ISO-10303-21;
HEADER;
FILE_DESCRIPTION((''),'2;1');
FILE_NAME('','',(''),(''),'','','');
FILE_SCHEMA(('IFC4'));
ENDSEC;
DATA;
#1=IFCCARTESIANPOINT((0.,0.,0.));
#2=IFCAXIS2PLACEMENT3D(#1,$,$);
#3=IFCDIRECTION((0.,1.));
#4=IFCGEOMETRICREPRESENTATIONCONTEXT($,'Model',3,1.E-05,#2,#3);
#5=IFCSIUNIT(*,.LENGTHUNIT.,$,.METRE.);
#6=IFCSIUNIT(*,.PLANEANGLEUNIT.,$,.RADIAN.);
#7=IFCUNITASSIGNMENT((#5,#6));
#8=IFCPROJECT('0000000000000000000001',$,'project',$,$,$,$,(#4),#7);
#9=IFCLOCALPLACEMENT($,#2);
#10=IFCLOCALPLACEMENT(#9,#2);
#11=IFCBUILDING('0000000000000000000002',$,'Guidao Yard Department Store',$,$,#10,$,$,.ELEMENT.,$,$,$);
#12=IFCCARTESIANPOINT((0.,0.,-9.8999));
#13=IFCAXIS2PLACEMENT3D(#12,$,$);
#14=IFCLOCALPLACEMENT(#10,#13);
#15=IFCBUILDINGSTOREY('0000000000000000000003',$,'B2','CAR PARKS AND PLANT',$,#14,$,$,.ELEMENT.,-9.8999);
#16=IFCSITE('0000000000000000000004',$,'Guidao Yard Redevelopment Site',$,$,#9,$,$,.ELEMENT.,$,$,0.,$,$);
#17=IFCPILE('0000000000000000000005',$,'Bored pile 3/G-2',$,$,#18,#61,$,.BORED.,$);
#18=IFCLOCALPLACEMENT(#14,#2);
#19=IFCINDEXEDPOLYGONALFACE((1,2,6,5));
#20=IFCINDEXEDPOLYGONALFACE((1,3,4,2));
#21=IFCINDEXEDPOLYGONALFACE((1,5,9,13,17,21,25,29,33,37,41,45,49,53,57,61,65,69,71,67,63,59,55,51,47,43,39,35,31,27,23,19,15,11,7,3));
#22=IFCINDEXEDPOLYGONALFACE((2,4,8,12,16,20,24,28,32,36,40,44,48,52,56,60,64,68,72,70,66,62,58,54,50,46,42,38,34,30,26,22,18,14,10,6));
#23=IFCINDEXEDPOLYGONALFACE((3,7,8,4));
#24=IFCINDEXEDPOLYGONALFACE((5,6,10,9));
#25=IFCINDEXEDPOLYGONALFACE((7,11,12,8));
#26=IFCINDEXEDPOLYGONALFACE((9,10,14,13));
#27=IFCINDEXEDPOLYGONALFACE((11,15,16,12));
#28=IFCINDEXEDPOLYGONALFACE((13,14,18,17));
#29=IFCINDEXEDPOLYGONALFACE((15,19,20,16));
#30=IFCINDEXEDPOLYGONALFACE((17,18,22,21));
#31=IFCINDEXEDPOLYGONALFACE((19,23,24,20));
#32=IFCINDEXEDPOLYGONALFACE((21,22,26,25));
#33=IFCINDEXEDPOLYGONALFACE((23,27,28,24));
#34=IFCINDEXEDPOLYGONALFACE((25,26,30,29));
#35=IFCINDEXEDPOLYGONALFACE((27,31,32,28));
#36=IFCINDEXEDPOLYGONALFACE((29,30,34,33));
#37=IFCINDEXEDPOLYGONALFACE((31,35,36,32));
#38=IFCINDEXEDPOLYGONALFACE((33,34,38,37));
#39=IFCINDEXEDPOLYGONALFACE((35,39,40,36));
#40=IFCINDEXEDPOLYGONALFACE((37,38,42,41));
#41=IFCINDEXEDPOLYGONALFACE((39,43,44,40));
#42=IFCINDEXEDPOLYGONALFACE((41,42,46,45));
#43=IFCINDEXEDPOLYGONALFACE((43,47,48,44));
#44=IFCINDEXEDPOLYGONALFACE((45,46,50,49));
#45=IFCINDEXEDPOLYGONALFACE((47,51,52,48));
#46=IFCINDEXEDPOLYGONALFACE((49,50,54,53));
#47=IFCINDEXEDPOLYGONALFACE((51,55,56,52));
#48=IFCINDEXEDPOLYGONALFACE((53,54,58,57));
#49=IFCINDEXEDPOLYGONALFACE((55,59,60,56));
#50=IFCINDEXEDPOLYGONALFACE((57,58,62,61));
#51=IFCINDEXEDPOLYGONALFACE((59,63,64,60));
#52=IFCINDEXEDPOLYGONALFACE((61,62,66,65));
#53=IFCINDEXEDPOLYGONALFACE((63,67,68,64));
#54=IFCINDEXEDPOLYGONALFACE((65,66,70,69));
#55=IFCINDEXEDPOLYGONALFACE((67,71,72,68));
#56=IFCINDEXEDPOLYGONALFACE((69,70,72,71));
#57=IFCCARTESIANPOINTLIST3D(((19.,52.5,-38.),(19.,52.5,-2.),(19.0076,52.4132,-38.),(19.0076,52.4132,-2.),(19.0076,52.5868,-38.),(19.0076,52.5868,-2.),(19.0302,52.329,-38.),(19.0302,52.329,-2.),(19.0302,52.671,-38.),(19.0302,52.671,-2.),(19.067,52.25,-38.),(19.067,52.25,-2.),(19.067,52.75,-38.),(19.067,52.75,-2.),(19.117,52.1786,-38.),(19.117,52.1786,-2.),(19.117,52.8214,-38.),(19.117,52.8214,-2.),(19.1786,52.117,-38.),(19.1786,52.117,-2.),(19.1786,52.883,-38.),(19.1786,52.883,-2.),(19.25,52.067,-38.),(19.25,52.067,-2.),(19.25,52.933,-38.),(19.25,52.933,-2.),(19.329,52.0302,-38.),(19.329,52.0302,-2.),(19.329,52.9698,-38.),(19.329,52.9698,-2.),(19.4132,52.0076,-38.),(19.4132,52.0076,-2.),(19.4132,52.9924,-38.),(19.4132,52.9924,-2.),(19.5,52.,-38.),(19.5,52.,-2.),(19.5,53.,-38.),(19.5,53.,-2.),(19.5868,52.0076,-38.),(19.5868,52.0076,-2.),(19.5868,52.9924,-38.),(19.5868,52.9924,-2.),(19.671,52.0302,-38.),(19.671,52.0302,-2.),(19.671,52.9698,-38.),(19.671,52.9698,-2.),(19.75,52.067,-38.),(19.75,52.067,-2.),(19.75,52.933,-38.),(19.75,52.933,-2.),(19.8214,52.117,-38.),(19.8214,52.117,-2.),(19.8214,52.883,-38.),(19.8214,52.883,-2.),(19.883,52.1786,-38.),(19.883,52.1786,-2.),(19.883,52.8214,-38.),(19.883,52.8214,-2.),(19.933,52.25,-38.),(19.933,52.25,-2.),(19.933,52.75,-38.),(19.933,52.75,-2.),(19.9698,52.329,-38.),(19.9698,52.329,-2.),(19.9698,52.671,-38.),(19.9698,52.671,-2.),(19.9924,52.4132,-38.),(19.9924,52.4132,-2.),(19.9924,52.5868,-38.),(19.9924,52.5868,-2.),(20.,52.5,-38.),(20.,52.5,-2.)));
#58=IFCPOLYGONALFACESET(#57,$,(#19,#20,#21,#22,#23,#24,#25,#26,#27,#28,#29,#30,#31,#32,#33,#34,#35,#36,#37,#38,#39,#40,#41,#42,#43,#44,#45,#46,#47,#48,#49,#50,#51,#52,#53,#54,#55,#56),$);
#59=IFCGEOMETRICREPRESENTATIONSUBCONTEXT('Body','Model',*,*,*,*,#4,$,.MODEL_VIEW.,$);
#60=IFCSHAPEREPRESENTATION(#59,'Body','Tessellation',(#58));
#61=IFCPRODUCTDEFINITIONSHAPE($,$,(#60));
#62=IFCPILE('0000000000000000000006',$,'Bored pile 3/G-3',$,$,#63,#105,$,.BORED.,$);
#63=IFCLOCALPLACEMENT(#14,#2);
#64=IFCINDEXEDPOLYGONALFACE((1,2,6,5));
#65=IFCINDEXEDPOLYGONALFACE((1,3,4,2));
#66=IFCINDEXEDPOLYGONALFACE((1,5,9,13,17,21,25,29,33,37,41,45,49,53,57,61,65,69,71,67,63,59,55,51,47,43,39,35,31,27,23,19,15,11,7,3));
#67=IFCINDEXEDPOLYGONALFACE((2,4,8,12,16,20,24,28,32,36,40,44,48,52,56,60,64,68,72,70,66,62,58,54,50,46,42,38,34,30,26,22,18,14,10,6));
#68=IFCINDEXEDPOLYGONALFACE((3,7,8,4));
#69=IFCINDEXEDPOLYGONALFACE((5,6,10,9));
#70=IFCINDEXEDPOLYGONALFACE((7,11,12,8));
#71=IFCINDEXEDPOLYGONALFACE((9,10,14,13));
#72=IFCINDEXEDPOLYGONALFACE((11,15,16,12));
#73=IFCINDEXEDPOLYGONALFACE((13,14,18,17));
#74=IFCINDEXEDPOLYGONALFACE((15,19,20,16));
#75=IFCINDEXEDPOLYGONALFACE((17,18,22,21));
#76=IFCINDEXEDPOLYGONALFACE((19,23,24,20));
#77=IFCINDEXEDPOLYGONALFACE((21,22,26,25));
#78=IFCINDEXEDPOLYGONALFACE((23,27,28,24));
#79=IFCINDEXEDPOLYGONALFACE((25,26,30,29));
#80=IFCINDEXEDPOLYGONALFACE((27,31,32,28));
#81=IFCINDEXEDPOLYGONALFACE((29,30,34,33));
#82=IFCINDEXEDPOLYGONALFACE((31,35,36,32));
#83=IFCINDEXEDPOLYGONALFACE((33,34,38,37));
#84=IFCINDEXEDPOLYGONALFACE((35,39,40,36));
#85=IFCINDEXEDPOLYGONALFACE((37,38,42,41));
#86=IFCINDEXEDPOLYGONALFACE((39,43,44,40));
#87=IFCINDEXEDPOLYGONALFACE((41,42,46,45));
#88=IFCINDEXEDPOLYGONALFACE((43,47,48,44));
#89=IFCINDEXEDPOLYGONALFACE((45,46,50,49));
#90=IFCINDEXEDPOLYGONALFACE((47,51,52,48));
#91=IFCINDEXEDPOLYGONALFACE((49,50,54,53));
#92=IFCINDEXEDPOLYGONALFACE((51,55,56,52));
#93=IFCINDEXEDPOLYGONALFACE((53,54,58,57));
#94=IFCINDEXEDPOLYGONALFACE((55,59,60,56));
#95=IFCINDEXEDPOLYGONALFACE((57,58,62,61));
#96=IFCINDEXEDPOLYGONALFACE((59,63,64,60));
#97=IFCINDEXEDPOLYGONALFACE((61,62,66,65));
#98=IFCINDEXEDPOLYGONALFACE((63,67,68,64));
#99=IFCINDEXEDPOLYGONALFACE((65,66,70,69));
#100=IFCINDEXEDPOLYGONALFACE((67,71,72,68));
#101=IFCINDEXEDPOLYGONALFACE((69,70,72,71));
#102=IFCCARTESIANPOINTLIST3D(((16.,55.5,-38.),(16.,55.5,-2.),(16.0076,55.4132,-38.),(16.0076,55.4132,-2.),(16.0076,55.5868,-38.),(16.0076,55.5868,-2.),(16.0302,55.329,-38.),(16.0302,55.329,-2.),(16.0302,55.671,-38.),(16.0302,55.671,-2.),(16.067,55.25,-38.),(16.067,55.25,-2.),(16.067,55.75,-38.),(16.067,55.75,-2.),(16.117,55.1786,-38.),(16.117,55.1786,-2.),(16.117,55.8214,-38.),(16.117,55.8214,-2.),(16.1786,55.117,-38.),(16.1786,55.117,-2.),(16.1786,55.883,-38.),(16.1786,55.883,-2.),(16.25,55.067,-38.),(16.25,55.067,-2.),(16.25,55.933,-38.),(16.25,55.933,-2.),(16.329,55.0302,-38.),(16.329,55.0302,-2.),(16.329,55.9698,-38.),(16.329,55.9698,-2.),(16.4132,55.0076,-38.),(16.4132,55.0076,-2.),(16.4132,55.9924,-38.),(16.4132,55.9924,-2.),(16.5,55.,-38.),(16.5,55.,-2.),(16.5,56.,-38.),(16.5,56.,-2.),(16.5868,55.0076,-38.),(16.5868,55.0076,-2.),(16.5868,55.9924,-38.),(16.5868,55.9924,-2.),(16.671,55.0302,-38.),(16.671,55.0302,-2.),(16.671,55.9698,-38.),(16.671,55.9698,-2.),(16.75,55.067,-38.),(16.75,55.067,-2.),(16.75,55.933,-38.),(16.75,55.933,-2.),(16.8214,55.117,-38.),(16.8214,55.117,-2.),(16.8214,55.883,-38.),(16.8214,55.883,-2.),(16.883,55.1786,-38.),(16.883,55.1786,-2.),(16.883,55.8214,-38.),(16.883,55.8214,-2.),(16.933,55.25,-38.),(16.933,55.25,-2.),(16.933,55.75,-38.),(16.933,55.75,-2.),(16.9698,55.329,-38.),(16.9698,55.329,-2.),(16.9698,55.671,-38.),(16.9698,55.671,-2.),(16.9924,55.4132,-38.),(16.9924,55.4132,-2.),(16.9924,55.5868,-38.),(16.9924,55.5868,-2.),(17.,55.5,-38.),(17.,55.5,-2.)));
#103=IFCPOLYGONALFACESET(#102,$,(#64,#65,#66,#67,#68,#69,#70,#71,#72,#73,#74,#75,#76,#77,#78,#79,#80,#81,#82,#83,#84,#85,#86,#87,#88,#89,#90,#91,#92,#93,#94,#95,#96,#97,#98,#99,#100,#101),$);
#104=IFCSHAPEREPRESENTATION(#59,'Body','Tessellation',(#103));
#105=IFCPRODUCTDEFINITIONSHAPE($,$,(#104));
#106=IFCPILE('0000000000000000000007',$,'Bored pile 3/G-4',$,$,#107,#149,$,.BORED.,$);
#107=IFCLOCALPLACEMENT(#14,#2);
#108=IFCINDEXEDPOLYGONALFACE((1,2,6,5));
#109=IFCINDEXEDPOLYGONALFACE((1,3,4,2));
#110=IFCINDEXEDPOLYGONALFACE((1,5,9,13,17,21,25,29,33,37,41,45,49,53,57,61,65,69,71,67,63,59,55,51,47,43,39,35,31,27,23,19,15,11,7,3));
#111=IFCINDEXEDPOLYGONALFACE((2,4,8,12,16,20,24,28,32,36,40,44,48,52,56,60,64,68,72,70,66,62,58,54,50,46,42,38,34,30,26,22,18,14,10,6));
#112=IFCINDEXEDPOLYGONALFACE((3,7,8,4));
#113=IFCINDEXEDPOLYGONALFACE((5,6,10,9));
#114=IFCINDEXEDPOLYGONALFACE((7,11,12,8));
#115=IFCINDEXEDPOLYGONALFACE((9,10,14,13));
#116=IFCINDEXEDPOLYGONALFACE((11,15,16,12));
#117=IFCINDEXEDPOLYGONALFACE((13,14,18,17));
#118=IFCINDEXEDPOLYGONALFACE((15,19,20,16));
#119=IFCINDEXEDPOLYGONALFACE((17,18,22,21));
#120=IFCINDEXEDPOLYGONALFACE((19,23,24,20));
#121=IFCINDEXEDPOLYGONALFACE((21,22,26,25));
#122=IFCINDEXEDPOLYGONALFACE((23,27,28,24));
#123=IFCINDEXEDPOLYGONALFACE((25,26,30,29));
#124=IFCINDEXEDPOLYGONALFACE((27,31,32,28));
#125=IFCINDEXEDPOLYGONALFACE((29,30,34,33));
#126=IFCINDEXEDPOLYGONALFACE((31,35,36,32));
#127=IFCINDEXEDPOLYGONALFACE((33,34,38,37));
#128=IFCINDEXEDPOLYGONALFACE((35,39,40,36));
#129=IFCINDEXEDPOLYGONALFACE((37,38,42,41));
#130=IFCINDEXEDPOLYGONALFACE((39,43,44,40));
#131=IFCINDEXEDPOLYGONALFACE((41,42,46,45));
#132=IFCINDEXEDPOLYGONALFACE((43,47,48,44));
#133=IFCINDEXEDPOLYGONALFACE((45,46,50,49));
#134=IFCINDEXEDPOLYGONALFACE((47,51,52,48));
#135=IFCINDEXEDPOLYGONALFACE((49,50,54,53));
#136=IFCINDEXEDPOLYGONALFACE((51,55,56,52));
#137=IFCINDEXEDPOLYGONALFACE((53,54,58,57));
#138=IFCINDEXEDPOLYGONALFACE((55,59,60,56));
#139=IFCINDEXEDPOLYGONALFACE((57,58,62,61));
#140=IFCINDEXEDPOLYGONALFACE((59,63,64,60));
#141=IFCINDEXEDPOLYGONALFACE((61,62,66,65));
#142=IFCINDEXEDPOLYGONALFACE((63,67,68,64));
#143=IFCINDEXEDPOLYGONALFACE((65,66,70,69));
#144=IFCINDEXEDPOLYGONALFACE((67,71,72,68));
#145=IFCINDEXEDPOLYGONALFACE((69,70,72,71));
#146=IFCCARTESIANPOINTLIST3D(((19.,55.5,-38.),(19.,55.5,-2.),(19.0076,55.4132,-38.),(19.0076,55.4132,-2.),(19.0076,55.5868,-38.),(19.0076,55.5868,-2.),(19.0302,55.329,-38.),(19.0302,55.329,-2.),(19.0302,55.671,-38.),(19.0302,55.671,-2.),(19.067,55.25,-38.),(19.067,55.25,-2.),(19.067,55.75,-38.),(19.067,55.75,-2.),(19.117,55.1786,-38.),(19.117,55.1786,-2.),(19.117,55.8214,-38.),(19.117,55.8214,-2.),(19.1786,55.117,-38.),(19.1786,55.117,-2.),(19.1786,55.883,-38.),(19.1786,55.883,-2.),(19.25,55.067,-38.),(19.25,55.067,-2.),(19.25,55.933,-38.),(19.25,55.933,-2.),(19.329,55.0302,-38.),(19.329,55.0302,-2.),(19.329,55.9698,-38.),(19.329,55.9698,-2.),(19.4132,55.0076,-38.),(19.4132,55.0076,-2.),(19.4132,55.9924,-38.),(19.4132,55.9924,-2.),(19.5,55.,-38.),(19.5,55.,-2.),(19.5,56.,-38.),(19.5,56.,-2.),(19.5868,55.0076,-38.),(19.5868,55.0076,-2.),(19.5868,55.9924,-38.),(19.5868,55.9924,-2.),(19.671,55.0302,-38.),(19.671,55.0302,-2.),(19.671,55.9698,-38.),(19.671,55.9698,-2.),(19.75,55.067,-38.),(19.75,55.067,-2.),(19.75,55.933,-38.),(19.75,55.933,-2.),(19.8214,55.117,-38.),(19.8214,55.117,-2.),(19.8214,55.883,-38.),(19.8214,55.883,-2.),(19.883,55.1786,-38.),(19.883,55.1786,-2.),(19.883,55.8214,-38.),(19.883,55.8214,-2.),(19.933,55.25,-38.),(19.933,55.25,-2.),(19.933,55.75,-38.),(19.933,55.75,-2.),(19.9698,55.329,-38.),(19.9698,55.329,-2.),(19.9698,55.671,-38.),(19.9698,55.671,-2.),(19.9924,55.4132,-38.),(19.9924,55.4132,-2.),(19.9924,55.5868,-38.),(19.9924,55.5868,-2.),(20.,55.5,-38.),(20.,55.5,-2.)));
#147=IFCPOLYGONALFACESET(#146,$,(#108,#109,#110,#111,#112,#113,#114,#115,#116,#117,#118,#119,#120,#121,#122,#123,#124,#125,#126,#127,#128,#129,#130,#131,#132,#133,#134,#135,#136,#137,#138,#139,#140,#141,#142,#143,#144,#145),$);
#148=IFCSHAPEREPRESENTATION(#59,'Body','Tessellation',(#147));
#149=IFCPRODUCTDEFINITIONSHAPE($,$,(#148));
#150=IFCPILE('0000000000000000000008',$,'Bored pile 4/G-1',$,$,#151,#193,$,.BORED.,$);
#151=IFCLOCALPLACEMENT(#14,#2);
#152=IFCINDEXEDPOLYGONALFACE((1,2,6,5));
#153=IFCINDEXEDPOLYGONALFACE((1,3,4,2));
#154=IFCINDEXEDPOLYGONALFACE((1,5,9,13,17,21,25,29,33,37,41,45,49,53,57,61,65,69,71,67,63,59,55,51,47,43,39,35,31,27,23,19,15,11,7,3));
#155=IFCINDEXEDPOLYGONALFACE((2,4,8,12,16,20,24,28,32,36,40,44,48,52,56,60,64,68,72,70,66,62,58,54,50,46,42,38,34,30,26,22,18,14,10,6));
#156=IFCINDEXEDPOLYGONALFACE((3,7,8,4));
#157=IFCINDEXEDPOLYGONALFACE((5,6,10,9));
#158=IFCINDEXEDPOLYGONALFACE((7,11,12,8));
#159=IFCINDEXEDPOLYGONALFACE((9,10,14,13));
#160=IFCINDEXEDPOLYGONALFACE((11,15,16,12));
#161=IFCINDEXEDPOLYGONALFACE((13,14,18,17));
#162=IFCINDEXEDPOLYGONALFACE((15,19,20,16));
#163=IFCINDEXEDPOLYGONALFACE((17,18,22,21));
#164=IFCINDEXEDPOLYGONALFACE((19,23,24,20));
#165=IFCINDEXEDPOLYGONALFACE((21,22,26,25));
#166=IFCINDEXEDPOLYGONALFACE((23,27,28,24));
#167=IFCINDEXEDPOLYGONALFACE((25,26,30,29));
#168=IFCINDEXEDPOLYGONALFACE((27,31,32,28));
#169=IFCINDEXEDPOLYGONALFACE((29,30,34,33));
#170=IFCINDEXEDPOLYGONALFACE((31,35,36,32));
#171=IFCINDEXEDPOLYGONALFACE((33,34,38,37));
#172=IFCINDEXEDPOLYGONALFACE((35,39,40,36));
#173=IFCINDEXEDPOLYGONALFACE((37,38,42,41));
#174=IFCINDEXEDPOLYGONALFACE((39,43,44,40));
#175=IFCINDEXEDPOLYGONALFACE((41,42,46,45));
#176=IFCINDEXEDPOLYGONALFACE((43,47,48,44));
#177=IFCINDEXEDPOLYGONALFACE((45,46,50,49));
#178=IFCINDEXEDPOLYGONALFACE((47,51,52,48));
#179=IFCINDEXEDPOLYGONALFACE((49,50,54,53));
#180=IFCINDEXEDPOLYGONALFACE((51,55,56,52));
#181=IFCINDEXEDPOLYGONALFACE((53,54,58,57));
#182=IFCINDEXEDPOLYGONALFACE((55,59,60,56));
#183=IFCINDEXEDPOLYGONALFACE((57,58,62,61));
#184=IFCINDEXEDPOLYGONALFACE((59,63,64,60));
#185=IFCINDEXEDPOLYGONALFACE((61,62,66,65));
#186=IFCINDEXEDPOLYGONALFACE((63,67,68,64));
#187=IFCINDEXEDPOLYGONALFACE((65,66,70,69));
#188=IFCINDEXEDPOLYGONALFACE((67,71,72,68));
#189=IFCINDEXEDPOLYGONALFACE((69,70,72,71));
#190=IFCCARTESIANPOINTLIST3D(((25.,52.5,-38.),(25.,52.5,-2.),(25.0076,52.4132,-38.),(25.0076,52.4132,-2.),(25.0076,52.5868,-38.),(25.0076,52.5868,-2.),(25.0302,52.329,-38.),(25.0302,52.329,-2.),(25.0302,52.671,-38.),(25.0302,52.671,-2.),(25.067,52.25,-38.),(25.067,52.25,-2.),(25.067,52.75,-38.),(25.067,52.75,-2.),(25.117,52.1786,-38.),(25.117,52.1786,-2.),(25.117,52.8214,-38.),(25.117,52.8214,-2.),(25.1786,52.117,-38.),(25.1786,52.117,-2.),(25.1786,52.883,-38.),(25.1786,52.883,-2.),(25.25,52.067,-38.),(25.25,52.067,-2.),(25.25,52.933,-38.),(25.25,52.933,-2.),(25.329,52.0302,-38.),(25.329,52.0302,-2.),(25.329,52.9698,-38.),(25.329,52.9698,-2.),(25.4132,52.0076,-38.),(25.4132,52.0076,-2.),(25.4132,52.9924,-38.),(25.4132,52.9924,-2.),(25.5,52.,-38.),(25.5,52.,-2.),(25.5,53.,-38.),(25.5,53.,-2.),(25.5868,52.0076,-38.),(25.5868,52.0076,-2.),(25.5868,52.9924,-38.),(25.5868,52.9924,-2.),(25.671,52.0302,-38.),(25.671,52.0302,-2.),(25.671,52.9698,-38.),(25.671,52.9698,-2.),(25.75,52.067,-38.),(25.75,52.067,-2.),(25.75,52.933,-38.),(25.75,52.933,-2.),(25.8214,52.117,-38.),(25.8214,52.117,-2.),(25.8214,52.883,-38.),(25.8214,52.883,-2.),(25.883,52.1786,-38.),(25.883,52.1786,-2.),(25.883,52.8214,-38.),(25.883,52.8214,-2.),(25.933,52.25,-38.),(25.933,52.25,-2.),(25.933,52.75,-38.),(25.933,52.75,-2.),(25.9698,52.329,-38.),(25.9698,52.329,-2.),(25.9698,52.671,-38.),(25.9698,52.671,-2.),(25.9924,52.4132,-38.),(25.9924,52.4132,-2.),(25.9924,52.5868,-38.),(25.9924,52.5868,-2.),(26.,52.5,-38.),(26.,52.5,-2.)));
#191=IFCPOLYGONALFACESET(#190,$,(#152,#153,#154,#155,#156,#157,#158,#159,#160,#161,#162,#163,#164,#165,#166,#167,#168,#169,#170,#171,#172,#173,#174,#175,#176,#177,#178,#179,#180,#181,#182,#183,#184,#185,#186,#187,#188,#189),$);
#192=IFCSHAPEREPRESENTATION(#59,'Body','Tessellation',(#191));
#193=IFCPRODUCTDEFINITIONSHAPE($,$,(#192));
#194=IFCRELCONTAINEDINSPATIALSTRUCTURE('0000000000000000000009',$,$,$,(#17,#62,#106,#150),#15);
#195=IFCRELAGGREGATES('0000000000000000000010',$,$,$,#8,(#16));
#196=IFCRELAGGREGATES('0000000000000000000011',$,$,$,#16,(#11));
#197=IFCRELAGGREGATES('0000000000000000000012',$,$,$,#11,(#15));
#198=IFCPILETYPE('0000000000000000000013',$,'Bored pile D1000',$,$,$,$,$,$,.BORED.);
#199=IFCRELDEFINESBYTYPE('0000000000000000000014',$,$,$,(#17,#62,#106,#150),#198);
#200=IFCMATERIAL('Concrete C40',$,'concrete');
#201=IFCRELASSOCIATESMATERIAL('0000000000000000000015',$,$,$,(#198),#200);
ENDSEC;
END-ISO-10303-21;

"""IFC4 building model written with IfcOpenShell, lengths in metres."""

from ifc_helpers import new_model, si_unit, direction, frame, origin, origin_2d, place, context, subcontext, project, spatial, circle, extrude, material, material_profile, profile_set, type_object, element, save


model = new_model("IFC4")

# Units and contexts
model_context = context("Model", 3, precision=1e-05, world=origin(), true_north=direction((0.0, 1.0)))
body_context = subcontext(model_context, "Body", "Model", "MODEL_VIEW")
ifc_project = project(units=[si_unit("LENGTHUNIT", "METRE"), si_unit("PLANEANGLEUNIT", "RADIAN")], contexts=[model_context])

# Site, building, storey
site_placement = place(None, origin())
site = spatial("IfcSite", under=ifc_project, at=site_placement, Name="Guidao Yard Redevelopment Site", CompositionType="ELEMENT", RefElevation=0.0)
building_placement = place(site_placement, origin())
building = spatial("IfcBuilding", under=site, at=building_placement, Name="Guidao Yard Department Store", CompositionType="ELEMENT")
storey_placement = place(building_placement, frame((0.0, 0.0, -9.8999)))
storey = spatial("IfcBuildingStorey", under=building, at=storey_placement, Name="B2", Description="CAR PARKS AND PLANT", CompositionType="ELEMENT", Elevation=-9.8999)

# Piles
ifc_material_1 = material(Name="Concrete C40", Category="concrete")
ifc_material_profile_1 = material_profile(ifc_material_1, circle(Radius=0.5, at=origin_2d()), Name="Bored pile D1000")
ifc_profile_set_1 = profile_set([ifc_material_profile_1], Name="Concrete C40")
pile_type = type_object("IfcPileType", Name="Bored pile D1000", PredefinedType="BORED", material=ifc_profile_set_1)
for number, where, z_axis, x_axis, name in (
    (1, (19.5, 52.5, -2.0), (0.0, 0.0, -1.0), (1.0, 0.0, 0.0), "Bored pile 3/G-2"),
    (2, (16.5, 55.5, -2.0), (0.0, 0.0, -1.0), (1.0, 0.0, 0.0), "Bored pile 3/G-3"),
    (3, (19.5, 55.5, -2.0), (0.0, 0.0, -1.0), (1.0, 0.0, 0.0), "Bored pile 3/G-4"),
    (4, (25.5, 52.5, -2.0), (0.0, 0.0, -1.0), (1.0, 0.0, 0.0), "Bored pile 4/G-1"),
):
    element("IfcPile", number, at=place(storey_placement, frame(where, z_axis=z_axis, x_axis=x_axis)), inside=storey, type_object=pile_type, Name=name, PredefinedType="BORED", context=body_context, shape_type="SweptSolid", body=[
        extrude(circle(Radius=0.5, at=origin_2d()), origin(), (0.0, 0.0, 1.0), 36.0),
    ])

save(model, "model.ifc")
